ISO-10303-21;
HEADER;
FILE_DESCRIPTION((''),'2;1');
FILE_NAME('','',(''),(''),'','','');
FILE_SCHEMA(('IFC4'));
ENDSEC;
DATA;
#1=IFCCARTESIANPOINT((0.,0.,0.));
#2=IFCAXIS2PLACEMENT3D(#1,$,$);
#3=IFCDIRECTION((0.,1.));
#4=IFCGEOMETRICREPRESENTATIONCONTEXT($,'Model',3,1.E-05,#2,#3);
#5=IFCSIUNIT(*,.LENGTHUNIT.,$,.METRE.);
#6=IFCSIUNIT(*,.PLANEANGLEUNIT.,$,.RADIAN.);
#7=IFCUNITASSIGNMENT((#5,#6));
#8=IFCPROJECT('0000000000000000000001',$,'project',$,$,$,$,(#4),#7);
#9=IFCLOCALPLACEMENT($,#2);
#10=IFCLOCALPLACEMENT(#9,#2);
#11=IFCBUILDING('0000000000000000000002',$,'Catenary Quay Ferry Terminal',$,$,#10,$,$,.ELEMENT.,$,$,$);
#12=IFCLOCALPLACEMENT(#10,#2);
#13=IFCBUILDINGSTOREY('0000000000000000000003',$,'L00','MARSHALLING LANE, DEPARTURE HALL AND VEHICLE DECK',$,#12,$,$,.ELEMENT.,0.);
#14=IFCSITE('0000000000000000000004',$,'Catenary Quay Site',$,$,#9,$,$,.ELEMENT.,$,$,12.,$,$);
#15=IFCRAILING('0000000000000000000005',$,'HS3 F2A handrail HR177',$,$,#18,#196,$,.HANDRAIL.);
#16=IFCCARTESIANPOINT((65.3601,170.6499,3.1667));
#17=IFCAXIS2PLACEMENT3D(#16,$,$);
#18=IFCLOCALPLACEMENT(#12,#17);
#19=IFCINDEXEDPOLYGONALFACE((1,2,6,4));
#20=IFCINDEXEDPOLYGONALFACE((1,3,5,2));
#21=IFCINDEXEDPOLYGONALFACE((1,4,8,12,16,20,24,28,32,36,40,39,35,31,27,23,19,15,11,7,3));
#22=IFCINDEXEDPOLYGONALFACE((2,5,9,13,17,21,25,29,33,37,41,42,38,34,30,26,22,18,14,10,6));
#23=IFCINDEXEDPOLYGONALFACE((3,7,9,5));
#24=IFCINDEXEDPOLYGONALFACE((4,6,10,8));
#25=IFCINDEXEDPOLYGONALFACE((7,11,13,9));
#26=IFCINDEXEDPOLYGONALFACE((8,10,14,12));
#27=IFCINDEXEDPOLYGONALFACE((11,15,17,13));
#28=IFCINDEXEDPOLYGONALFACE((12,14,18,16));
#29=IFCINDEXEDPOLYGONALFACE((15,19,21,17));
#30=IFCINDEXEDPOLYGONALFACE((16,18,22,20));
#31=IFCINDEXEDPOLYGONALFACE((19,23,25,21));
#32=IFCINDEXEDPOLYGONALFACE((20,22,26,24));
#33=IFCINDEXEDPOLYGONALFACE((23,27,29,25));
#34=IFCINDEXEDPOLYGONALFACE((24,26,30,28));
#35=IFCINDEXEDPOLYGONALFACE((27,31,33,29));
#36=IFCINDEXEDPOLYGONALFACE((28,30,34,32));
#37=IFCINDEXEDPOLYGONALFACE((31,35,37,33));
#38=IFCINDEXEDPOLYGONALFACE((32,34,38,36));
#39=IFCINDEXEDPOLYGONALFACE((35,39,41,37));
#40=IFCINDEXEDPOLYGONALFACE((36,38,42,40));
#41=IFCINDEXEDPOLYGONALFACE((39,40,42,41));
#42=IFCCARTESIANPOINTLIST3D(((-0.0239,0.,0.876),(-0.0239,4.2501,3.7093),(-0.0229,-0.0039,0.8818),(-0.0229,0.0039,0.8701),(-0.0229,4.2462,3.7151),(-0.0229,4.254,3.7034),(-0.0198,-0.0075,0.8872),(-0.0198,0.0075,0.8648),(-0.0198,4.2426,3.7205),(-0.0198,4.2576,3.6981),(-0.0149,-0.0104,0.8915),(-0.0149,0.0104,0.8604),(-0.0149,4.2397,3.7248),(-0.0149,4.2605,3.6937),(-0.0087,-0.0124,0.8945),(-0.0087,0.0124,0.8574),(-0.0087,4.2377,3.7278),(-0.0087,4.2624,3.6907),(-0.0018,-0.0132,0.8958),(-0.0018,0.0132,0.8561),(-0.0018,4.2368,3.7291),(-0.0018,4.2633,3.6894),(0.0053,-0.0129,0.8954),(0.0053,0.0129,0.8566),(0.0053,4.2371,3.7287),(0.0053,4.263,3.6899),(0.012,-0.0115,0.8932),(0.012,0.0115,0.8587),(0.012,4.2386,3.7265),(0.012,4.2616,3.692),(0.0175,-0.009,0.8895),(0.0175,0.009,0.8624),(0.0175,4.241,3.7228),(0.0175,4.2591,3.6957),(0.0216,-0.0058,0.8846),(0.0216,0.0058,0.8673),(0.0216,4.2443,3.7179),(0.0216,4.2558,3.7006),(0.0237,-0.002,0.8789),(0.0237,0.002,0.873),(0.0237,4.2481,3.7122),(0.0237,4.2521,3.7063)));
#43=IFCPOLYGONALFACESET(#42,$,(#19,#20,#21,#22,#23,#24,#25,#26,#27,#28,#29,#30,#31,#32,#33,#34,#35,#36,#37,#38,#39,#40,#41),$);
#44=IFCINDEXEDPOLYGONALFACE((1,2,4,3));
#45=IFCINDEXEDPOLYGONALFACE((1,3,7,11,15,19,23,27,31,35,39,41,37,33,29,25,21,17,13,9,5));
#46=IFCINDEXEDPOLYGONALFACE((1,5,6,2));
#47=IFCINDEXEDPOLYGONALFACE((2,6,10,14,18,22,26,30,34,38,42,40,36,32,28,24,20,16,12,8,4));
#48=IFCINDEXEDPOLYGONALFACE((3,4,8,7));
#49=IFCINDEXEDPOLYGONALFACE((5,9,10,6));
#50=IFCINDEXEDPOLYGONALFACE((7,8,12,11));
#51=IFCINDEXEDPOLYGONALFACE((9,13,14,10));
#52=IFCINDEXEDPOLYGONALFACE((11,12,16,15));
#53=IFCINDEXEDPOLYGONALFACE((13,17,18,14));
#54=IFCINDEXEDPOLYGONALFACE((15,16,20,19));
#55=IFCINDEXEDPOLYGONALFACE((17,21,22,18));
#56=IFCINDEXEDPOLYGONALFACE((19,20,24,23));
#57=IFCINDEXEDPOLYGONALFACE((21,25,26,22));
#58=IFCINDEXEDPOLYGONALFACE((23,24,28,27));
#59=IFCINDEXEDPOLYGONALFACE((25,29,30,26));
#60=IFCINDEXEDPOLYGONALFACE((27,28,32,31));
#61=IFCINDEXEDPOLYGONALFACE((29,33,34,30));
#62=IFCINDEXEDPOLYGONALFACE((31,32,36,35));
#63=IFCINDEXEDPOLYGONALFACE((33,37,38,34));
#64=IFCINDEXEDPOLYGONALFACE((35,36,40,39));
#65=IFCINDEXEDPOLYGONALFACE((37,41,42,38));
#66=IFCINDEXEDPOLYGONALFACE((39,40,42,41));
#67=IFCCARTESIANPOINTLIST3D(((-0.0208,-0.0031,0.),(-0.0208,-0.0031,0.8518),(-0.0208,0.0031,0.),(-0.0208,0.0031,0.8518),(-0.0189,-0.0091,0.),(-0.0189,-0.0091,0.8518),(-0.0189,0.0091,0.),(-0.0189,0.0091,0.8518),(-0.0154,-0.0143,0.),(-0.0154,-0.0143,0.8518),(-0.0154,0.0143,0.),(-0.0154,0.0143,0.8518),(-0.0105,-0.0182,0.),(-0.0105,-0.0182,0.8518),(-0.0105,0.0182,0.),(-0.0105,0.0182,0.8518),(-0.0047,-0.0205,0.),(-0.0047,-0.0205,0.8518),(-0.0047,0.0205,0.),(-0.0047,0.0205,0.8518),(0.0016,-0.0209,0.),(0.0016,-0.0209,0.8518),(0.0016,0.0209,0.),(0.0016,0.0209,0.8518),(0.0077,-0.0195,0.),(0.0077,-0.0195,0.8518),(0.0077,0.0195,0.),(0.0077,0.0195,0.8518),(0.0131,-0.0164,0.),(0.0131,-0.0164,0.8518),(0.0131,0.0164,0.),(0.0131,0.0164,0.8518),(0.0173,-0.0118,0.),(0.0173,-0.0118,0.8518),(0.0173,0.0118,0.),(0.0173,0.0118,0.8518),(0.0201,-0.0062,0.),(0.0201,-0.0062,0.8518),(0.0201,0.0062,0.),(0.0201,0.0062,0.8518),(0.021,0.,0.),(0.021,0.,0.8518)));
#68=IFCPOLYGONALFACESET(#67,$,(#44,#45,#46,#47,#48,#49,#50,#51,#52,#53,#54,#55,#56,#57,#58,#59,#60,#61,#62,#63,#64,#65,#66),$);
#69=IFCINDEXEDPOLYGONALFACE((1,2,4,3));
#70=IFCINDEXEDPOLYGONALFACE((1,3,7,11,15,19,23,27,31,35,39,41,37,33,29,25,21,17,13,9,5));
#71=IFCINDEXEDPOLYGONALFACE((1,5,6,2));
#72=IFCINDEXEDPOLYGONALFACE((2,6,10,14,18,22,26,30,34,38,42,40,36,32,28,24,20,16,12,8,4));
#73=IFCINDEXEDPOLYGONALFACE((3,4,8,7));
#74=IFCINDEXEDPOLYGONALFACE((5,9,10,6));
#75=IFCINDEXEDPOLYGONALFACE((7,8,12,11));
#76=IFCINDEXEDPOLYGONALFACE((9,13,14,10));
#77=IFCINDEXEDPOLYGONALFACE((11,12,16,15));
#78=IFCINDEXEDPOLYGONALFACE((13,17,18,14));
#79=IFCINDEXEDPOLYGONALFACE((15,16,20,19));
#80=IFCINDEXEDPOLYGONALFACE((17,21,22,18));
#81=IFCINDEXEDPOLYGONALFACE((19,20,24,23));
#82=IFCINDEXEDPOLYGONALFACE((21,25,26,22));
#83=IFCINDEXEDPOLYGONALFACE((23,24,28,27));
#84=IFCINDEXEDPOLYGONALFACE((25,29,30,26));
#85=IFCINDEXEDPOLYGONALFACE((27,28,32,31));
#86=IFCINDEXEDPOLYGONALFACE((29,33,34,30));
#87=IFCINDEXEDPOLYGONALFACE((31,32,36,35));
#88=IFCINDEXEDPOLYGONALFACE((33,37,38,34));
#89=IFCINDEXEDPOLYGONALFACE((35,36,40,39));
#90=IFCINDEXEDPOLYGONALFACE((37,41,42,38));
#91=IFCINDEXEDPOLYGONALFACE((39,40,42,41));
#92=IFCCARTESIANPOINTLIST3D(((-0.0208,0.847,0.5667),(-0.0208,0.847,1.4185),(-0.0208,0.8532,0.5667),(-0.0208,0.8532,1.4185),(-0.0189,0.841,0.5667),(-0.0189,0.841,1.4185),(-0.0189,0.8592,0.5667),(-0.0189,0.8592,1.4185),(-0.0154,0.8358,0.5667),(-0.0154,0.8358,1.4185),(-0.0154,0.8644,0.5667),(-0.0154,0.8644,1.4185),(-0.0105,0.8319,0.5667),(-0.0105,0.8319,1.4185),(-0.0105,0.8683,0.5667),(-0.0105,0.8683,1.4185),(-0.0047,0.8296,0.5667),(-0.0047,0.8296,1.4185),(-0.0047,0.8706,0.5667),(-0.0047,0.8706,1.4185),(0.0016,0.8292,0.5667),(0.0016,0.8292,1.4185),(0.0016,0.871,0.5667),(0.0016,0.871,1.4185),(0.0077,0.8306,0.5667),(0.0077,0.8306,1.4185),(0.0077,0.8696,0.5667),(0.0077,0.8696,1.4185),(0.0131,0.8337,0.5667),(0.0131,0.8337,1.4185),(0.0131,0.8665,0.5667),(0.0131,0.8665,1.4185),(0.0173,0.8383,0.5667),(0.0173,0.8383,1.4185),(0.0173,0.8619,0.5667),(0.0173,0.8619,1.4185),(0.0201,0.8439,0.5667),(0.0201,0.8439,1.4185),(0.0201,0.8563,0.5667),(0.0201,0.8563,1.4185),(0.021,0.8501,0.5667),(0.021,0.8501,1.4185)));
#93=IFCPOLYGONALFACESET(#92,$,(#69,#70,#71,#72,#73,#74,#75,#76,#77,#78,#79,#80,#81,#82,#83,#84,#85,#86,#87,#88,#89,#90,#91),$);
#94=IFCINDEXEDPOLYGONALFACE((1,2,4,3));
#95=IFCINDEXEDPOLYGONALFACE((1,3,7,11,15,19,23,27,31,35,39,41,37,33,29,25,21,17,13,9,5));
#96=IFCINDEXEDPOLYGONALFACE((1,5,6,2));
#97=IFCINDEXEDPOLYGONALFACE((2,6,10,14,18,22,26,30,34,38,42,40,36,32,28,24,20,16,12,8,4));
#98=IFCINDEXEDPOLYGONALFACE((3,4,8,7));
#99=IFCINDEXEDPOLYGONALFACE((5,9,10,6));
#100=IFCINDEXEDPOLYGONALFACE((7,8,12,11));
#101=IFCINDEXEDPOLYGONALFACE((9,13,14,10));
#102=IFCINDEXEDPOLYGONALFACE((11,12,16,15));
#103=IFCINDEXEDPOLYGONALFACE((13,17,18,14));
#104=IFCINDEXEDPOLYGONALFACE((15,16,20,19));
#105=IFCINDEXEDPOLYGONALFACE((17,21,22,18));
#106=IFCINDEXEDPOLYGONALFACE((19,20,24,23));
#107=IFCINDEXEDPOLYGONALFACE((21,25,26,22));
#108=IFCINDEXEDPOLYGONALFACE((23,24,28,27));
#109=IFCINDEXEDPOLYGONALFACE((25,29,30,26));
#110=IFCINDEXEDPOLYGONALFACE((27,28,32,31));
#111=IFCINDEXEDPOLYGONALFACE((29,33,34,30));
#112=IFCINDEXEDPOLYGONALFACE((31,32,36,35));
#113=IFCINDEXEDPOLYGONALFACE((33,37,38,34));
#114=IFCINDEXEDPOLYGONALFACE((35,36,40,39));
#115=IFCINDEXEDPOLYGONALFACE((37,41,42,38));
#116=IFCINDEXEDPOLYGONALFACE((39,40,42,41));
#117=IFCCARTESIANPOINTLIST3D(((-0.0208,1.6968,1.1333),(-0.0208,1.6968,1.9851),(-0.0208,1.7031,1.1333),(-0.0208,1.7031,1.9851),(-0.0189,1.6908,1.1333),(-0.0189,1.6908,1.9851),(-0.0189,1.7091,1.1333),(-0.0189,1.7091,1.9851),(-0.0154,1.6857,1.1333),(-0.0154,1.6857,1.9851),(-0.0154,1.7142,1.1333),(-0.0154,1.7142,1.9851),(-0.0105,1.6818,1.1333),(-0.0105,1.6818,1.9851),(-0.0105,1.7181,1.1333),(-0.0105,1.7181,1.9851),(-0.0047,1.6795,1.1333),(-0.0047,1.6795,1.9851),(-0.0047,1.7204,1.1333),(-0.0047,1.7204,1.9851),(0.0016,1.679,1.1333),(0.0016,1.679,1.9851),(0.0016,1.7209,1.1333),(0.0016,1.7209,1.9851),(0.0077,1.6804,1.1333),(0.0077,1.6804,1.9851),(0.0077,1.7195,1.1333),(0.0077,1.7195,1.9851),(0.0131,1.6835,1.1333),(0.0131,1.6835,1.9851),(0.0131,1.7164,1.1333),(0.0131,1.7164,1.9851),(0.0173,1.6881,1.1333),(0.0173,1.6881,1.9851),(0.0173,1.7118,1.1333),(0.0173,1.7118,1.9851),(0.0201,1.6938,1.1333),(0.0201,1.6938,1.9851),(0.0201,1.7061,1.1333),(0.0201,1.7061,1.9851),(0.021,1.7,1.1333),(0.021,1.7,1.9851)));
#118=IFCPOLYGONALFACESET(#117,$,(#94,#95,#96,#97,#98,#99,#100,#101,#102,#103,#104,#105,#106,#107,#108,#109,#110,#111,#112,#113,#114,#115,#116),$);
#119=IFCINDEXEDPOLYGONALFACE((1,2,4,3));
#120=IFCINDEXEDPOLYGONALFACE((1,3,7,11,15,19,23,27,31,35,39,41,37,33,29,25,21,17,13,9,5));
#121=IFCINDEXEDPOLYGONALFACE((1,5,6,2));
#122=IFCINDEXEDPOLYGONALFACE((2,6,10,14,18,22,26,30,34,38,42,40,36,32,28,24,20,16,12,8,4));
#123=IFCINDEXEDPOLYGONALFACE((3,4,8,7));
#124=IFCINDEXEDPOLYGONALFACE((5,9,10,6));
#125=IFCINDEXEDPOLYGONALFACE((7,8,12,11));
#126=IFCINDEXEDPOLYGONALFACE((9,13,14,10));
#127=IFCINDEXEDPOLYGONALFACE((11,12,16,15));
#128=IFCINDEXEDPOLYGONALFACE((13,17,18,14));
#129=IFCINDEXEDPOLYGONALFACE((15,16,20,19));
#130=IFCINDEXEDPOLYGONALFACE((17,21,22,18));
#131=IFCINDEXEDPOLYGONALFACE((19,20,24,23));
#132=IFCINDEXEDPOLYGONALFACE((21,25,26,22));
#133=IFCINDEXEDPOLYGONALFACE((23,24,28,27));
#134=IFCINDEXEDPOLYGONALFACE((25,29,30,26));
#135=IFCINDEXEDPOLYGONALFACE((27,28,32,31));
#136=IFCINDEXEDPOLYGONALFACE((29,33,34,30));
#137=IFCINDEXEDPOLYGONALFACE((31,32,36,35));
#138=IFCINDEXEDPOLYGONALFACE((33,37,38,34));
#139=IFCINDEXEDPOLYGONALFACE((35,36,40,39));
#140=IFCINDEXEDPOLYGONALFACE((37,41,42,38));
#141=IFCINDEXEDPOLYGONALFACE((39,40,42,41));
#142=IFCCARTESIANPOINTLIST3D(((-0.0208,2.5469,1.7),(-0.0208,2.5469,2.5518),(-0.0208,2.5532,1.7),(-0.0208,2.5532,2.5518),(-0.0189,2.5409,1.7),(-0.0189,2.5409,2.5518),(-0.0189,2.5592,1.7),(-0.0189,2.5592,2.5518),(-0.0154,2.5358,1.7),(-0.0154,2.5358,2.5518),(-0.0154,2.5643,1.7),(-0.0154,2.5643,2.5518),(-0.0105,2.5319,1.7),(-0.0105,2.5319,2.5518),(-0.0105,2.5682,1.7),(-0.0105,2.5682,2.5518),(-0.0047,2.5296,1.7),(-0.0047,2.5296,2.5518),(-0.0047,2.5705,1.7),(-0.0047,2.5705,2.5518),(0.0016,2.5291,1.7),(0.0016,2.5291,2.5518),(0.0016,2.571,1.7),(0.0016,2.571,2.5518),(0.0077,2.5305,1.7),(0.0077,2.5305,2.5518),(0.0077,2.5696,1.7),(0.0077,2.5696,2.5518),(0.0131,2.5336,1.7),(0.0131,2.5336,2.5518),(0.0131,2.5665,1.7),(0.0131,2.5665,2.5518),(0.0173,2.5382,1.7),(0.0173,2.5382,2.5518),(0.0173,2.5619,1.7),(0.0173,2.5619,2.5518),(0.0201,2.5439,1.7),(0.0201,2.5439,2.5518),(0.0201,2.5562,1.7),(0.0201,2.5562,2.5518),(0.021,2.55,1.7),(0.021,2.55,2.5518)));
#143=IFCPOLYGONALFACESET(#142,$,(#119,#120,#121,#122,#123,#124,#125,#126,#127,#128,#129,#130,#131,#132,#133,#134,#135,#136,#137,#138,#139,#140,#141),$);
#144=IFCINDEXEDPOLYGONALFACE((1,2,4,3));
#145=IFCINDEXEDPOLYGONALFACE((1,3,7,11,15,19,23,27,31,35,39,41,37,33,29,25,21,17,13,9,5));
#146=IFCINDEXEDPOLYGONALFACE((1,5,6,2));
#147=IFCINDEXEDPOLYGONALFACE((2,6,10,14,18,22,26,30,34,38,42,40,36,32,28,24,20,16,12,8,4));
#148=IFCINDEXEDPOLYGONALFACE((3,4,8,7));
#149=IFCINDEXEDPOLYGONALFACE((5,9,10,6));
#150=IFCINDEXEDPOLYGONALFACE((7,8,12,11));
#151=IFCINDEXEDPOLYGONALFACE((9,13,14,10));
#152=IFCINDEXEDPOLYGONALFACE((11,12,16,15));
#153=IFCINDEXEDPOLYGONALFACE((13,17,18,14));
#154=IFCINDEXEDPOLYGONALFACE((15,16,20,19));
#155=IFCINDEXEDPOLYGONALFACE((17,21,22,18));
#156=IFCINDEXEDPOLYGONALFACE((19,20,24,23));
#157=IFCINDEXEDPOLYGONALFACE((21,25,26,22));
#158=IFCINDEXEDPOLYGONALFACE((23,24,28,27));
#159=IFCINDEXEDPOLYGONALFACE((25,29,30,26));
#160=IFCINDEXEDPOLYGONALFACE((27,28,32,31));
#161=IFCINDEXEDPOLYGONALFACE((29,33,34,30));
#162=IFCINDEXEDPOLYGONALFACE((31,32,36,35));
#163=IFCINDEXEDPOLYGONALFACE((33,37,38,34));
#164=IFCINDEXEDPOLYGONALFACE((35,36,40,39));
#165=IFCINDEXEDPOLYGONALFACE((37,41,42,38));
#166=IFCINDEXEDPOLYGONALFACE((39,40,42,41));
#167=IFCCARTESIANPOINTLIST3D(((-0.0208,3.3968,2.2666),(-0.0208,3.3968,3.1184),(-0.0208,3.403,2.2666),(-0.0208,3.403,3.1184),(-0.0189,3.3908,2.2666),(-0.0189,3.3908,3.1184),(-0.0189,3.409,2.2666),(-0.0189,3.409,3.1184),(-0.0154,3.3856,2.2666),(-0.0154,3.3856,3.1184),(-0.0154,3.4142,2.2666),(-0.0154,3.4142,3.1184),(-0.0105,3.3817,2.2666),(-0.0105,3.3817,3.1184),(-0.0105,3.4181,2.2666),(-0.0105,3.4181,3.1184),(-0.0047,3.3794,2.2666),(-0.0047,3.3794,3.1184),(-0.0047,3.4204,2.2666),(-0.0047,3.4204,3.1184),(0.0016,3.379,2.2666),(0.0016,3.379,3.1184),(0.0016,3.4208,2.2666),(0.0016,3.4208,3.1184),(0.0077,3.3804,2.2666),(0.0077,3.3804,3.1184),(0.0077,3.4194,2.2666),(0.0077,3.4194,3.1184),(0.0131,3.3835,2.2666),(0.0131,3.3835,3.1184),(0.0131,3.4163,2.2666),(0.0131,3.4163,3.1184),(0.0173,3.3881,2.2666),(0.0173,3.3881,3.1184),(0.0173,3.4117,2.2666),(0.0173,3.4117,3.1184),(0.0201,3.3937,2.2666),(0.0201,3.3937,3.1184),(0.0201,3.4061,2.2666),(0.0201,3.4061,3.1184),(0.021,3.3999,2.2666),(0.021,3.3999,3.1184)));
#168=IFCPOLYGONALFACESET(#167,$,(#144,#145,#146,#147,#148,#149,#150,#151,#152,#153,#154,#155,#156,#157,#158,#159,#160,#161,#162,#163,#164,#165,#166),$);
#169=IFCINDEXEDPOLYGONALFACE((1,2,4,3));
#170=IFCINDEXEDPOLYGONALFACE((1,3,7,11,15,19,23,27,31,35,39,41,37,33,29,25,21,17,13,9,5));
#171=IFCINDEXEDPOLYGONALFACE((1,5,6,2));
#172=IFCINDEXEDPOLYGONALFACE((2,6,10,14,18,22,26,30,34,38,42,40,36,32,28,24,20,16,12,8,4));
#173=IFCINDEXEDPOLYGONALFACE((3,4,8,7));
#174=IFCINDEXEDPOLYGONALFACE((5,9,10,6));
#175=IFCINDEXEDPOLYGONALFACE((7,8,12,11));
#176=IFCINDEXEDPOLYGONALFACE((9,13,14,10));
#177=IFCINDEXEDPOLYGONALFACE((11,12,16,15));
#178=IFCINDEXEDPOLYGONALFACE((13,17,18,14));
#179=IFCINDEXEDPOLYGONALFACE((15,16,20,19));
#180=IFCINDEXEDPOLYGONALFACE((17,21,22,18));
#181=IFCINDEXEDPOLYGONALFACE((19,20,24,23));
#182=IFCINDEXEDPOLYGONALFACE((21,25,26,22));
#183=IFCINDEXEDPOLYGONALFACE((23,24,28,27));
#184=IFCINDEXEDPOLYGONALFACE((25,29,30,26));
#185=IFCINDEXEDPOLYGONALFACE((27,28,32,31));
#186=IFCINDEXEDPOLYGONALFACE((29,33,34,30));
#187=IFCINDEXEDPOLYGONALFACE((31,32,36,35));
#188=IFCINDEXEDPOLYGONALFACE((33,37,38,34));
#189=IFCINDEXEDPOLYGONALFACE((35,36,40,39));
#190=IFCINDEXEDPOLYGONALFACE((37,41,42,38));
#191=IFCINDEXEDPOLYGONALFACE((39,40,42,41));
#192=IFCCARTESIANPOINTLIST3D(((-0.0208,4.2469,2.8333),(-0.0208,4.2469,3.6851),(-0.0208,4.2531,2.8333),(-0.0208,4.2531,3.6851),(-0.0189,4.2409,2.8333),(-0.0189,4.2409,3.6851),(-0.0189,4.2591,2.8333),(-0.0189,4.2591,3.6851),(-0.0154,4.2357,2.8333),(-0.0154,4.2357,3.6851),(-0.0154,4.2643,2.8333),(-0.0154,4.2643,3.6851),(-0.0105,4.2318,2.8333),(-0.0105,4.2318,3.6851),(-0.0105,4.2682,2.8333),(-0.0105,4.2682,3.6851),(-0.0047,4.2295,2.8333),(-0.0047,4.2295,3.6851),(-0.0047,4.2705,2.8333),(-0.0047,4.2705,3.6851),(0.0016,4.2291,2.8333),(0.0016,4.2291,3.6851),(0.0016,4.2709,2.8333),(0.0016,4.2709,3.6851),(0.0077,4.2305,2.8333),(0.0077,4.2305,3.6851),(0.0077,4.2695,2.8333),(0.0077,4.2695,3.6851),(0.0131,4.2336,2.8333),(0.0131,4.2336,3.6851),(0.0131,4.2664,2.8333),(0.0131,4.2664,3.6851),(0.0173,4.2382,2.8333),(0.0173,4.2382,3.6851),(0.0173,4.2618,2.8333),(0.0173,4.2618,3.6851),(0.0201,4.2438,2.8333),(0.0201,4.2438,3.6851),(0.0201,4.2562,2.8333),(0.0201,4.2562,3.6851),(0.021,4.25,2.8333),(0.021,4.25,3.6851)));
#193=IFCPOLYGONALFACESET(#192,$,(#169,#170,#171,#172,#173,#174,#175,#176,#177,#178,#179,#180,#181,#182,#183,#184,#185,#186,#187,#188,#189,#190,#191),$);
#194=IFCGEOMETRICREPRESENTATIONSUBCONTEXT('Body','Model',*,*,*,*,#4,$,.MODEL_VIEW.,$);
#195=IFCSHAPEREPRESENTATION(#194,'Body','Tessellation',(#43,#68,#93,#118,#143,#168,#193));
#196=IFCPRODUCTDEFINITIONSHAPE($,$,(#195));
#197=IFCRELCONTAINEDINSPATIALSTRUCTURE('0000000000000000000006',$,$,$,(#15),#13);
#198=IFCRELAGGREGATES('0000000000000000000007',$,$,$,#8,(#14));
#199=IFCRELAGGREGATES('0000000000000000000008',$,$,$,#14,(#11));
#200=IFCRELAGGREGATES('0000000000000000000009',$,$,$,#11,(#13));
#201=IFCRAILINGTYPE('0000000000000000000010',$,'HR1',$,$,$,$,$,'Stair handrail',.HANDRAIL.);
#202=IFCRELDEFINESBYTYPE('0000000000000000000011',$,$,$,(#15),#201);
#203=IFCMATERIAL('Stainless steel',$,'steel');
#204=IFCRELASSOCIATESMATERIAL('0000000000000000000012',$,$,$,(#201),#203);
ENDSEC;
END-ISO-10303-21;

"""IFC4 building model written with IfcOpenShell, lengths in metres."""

from ifc_helpers import new_model, si_unit, direction, frame, origin, origin_2d, place, context, subcontext, project, spatial, circle, extrude, material, type_object, element, save


model = new_model("IFC4")

# Units and contexts
model_context = context("Model", 3, precision=1e-05, world=origin(), true_north=direction((0.0, 1.0)))
body_context = subcontext(model_context, "Body", "Model", "MODEL_VIEW")
ifc_project = project(units=[si_unit("LENGTHUNIT", "METRE"), si_unit("PLANEANGLEUNIT", "RADIAN")], contexts=[model_context])

# Site, building, storey
site_placement = place(None, origin())
site = spatial("IfcSite", under=ifc_project, at=site_placement, Name="Catenary Quay Site", CompositionType="ELEMENT", RefElevation=12.0)
building_placement = place(site_placement, origin())
building = spatial("IfcBuilding", under=site, at=building_placement, Name="Catenary Quay Ferry Terminal", CompositionType="ELEMENT")
storey_placement = place(building_placement, origin())
storey = spatial("IfcBuildingStorey", under=building, at=storey_placement, Name="L00", Description="MARSHALLING LANE, DEPARTURE HALL AND VEHICLE DECK", CompositionType="ELEMENT", Elevation=0.0)

# Railing
ifc_material_1 = material(Name="Stainless steel", Category="steel")
railing_type_1 = type_object("IfcRailingType", Name="HR1", ElementType="Stair handrail", PredefinedType="HANDRAIL", material=ifc_material_1)
for number, where, name in (
    (1, (65.3601, 170.6499, 3.1667), "HS3 F2A handrail HR177"),
):
    element("IfcRailing", number, at=place(storey_placement, frame(where)), inside=storey, type_object=railing_type_1, Name=name, PredefinedType="HANDRAIL", context=body_context, shape_type="SweptSolid", body=[
        extrude(circle(Radius=0.0239, at=origin_2d()), frame((0.0, 0.0, 0.876), z_axis=(0.0, 0.832058, 0.554689), x_axis=(-1.0, 0.0, 0.0)), (0.0, 0.0, 1.0), 5.1079),
        extrude(circle(Radius=0.021, at=origin_2d()), origin(), (0.0, 0.0, 1.0), 0.8518),
        extrude(circle(Radius=0.021, at=origin_2d()), frame((0.0, 0.8501, 0.5667)), (0.0, 0.0, 1.0), 0.8518),
        extrude(circle(Radius=0.021, at=origin_2d()), frame((0.0, 1.7, 1.1333)), (0.0, 0.0, 1.0), 0.8518),
        extrude(circle(Radius=0.021, at=origin_2d()), frame((0.0, 2.55, 1.7)), (0.0, 0.0, 1.0), 0.8518),
        extrude(circle(Radius=0.021, at=origin_2d()), frame((0.0, 3.3999, 2.2666)), (0.0, 0.0, 1.0), 0.8518),
        extrude(circle(Radius=0.021, at=origin_2d()), frame((0.0, 4.25, 2.8333)), (0.0, 0.0, 1.0), 0.8518),
    ])

save(model, "model.ifc")
